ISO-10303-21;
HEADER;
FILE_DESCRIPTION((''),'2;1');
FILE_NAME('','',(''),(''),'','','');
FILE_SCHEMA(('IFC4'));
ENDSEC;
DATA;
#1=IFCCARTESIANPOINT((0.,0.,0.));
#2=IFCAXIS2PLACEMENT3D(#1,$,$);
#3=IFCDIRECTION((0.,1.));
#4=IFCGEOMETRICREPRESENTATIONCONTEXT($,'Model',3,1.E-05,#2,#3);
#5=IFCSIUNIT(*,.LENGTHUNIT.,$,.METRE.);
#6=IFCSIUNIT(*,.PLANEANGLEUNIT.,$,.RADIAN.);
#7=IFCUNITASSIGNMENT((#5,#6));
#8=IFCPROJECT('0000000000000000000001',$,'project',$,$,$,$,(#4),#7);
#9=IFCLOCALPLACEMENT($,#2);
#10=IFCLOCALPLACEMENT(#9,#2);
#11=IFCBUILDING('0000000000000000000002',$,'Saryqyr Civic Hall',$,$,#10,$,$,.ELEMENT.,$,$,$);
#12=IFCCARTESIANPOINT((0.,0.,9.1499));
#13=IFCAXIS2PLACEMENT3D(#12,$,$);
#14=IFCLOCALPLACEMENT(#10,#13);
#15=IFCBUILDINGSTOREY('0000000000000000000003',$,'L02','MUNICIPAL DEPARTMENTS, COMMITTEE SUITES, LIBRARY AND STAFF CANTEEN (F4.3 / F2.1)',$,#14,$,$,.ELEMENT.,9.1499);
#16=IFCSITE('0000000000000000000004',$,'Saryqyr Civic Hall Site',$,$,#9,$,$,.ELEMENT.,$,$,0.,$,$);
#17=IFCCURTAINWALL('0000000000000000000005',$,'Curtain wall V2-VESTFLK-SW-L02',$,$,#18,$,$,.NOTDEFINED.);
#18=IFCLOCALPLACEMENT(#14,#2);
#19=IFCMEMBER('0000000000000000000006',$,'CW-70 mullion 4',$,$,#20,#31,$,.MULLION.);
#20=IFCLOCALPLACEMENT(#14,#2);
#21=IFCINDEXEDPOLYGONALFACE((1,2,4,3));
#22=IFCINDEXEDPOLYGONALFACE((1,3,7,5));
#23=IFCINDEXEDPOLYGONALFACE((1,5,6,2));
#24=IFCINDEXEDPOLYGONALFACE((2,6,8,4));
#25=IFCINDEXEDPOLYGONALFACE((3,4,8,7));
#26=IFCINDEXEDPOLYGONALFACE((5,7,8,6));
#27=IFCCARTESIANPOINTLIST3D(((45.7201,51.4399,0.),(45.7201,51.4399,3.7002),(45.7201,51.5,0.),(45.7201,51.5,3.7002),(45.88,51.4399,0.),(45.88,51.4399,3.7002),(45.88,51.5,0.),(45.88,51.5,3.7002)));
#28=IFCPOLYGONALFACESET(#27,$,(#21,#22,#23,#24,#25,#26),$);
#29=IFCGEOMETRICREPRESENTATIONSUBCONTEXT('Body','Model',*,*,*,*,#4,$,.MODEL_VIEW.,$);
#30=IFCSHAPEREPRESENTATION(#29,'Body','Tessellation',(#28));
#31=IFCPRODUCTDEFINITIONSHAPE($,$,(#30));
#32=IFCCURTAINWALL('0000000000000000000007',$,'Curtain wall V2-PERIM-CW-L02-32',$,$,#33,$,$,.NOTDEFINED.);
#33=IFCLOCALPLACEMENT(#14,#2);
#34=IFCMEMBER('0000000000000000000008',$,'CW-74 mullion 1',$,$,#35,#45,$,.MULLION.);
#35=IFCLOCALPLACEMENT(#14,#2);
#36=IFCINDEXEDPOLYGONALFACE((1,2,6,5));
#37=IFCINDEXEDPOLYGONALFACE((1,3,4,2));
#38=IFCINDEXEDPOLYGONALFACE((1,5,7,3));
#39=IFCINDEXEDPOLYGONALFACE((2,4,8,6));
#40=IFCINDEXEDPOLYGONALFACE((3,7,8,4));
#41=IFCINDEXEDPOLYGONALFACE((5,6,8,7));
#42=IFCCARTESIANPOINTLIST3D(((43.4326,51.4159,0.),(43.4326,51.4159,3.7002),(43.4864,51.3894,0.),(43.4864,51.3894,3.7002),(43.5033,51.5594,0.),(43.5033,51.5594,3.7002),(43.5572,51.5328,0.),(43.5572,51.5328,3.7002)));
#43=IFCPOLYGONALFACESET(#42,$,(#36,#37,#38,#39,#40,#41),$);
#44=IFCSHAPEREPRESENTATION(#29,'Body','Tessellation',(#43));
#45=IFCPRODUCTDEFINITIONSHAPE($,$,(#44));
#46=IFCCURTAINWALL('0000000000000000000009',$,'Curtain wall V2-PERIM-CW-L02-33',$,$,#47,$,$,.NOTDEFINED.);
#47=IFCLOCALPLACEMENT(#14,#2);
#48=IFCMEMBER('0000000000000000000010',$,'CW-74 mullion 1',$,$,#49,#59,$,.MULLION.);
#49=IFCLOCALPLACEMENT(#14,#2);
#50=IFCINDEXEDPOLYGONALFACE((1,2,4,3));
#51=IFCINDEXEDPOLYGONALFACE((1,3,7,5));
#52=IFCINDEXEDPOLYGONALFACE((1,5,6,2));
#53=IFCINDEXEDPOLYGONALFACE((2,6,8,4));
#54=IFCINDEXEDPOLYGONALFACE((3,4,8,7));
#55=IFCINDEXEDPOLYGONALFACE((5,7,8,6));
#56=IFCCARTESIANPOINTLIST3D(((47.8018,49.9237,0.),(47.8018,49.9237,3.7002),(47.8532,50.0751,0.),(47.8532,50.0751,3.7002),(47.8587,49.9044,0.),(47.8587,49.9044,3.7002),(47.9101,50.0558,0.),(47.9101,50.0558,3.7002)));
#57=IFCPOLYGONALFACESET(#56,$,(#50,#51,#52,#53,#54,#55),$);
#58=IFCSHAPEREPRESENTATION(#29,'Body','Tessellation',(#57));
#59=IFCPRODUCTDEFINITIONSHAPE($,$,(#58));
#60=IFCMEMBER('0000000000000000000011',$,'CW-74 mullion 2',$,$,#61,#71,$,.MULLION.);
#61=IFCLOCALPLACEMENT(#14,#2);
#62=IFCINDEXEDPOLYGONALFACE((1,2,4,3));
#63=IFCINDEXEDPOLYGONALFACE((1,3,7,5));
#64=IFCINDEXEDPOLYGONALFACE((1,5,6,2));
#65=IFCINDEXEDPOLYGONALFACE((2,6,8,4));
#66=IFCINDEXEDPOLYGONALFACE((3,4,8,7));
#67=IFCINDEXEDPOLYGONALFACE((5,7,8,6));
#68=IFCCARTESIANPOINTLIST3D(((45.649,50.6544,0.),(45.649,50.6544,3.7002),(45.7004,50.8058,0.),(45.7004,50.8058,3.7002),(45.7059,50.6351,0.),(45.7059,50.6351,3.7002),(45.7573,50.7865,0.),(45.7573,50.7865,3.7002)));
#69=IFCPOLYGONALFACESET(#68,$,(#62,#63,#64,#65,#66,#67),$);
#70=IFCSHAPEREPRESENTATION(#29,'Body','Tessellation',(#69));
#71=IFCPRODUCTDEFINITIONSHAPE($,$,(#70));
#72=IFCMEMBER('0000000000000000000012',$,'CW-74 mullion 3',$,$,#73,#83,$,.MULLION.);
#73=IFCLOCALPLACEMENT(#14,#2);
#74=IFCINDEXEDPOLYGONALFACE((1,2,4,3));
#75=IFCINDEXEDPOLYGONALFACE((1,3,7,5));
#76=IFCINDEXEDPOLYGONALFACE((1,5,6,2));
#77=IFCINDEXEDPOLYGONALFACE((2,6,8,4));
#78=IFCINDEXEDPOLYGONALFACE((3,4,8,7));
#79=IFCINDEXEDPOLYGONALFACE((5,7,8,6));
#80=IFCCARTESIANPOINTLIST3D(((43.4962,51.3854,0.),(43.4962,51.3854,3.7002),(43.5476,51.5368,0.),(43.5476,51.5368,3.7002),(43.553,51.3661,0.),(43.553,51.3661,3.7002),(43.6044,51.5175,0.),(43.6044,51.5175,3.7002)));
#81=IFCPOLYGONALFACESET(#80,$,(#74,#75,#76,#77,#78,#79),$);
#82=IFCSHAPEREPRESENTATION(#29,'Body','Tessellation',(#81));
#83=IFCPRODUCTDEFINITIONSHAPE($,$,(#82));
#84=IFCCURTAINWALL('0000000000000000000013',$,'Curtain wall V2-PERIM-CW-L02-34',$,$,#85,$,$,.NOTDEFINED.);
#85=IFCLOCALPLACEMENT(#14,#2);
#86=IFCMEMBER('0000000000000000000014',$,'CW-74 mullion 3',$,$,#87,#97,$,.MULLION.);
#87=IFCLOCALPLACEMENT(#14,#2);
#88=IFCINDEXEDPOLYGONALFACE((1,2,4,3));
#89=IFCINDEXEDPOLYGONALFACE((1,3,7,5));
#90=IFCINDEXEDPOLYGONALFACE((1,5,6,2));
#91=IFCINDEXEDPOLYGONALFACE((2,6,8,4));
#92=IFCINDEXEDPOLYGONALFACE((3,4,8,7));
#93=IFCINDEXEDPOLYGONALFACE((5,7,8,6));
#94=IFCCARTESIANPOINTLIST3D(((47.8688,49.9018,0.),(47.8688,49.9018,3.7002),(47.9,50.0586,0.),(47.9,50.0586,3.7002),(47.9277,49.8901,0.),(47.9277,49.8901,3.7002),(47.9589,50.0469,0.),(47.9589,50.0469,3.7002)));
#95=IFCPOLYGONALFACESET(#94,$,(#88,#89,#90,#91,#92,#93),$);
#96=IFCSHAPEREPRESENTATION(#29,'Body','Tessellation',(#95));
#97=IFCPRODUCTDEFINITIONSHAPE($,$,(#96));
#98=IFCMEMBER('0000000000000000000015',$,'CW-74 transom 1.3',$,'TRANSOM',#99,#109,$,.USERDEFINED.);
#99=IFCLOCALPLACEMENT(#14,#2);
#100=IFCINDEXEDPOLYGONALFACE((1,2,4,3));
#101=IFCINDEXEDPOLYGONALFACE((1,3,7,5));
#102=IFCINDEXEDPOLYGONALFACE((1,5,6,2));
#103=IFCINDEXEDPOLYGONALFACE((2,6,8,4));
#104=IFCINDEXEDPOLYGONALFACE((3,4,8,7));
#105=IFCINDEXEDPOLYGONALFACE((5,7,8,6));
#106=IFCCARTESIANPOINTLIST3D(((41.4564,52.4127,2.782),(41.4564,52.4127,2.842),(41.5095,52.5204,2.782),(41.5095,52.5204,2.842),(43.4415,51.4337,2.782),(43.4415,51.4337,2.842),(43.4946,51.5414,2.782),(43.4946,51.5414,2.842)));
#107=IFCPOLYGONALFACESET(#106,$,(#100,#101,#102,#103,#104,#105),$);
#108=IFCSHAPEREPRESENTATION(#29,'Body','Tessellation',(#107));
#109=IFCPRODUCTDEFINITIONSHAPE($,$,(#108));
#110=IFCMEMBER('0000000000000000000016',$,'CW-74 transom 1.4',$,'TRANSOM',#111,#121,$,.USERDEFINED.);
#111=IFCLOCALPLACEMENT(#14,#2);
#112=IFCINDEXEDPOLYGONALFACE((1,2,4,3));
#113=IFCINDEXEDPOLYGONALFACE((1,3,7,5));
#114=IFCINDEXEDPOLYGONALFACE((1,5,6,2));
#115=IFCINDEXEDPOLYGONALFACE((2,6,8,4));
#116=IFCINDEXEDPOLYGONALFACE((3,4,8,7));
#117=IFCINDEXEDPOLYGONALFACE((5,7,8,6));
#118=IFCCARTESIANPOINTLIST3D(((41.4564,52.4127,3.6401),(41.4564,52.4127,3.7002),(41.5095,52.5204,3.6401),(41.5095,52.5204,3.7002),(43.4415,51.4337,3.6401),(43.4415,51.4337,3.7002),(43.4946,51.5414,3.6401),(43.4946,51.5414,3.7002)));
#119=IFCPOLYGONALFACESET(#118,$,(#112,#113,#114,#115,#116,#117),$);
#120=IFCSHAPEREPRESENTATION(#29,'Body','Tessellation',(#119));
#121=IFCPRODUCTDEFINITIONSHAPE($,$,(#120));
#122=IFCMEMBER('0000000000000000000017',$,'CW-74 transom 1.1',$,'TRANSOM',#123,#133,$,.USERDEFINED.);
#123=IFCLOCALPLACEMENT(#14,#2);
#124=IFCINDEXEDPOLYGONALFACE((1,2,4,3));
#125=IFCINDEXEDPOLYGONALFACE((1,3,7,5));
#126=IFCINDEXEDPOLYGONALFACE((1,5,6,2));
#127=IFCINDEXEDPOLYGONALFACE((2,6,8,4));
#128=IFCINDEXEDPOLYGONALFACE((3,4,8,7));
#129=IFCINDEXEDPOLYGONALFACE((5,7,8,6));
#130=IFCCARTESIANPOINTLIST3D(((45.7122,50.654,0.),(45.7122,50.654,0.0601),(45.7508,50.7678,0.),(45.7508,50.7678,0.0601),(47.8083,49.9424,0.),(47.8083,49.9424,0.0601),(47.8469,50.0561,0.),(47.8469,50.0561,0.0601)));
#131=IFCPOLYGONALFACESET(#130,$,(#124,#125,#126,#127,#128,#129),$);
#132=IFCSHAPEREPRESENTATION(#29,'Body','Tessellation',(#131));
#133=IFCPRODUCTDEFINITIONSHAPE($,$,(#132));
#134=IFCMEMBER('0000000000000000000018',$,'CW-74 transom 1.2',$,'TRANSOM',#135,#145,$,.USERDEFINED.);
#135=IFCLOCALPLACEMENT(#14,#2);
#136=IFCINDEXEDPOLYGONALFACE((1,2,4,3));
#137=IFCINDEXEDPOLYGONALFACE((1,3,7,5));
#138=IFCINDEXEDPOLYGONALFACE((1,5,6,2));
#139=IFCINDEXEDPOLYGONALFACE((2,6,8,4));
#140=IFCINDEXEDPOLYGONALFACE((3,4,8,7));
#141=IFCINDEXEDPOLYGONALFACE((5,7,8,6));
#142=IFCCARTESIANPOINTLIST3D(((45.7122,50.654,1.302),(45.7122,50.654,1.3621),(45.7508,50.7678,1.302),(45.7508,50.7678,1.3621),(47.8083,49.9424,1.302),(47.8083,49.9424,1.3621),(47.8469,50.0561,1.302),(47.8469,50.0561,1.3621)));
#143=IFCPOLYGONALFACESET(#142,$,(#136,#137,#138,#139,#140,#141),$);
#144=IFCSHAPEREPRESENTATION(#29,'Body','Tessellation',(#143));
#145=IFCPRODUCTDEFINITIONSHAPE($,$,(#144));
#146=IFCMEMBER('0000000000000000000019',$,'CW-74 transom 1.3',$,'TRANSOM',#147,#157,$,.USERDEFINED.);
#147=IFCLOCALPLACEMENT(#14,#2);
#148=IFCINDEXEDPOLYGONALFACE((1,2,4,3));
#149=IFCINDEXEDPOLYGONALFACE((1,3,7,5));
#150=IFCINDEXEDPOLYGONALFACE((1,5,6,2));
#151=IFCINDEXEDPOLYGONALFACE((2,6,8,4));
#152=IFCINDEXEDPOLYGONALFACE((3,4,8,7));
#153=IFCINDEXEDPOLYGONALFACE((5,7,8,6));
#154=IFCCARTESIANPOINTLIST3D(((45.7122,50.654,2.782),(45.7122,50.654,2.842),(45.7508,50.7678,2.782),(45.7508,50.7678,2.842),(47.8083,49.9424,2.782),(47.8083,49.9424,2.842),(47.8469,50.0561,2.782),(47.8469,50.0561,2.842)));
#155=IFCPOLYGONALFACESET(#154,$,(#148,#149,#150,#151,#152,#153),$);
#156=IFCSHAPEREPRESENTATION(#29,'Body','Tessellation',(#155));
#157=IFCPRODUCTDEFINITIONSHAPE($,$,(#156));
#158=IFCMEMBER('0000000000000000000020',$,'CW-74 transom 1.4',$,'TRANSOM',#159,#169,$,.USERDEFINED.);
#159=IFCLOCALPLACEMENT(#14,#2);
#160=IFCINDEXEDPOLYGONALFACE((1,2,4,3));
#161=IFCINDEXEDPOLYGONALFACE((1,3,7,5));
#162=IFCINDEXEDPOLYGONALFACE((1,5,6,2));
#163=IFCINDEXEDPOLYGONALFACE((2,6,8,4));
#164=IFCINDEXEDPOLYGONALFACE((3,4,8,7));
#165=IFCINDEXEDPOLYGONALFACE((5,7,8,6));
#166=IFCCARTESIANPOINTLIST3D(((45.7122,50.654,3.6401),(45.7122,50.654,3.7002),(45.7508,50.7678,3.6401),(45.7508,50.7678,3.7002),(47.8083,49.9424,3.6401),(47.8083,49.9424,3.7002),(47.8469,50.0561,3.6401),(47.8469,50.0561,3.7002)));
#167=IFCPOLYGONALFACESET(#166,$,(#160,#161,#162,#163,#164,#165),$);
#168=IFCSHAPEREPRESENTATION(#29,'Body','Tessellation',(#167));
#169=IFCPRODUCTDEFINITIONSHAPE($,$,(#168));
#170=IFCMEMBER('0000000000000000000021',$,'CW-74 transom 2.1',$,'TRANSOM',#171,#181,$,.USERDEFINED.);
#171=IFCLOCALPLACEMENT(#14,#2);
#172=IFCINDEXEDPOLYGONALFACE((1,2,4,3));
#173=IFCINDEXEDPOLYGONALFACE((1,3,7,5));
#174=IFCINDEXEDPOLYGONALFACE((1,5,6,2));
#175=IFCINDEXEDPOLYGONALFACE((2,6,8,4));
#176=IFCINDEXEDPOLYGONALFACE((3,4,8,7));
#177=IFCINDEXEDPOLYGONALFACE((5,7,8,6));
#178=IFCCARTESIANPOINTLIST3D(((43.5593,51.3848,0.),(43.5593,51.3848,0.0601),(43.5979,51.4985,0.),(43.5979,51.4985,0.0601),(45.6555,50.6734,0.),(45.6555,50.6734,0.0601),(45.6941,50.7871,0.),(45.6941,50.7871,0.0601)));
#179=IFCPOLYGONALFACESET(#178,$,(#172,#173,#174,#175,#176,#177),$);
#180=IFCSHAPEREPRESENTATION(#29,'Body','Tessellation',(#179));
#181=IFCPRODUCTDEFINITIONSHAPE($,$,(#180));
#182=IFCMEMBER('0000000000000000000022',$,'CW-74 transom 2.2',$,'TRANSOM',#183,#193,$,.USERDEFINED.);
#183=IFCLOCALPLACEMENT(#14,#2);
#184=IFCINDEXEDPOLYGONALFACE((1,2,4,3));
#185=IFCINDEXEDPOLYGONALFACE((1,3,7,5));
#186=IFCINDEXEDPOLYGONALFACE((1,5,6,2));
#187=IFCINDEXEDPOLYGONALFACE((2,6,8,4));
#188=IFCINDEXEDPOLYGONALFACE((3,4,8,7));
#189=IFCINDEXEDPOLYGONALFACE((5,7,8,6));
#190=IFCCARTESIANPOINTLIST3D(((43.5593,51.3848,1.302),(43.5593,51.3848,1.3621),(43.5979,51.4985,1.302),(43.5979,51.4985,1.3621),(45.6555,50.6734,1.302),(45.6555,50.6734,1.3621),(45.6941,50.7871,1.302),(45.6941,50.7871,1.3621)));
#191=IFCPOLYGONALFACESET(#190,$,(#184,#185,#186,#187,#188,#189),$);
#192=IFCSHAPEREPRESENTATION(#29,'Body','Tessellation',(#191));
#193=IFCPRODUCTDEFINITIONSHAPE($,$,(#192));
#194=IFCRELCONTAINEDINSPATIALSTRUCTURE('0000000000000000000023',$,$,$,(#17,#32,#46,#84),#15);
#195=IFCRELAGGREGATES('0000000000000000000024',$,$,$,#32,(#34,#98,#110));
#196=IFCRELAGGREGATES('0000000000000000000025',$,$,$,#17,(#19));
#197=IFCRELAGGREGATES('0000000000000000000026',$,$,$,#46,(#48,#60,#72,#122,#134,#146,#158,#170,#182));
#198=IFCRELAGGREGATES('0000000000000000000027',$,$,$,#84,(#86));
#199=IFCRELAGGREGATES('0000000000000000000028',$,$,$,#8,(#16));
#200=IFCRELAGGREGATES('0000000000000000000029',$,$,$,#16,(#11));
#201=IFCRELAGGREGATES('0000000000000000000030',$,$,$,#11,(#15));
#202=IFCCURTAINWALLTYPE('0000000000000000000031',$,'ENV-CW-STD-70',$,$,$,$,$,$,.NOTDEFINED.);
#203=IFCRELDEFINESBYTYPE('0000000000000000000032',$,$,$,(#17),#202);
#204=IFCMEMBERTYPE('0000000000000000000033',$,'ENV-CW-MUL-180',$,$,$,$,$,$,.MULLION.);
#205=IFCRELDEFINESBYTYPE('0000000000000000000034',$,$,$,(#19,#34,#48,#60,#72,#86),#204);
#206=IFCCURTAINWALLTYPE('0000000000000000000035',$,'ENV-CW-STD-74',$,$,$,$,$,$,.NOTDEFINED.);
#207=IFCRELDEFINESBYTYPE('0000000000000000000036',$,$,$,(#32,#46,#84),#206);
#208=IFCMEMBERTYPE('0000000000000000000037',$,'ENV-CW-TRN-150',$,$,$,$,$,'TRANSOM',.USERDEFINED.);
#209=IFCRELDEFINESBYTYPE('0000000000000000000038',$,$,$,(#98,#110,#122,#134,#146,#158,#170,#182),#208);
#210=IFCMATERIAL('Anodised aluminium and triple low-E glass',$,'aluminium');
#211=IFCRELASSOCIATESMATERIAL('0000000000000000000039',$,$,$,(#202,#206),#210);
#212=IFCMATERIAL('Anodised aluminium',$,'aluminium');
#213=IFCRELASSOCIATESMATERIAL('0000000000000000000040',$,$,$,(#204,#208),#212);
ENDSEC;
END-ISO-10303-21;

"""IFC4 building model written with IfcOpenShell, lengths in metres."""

from ifc_helpers import new_model, si_unit, direction, frame, origin, origin_2d, place, context, subcontext, project, spatial, rectangle, extrude, material, material_profile, profile_set, type_object, element, aggregate, save


model = new_model("IFC4")

# Units and contexts
model_context = context("Model", 3, precision=1e-05, world=origin(), true_north=direction((0.0, 1.0)))
body_context = subcontext(model_context, "Body", "Model", "MODEL_VIEW")
ifc_project = project(units=[si_unit("LENGTHUNIT", "METRE"), si_unit("PLANEANGLEUNIT", "RADIAN")], contexts=[model_context])

# Site, building, storey
site_placement = place(None, origin())
site = spatial("IfcSite", under=ifc_project, at=site_placement, Name="Saryqyr Civic Hall Site", CompositionType="ELEMENT", RefElevation=0.0)
building_placement = place(site_placement, origin())
building = spatial("IfcBuilding", under=site, at=building_placement, Name="Saryqyr Civic Hall", CompositionType="ELEMENT")
storey_placement = place(building_placement, frame((0.0, 0.0, 9.1499)))
storey = spatial("IfcBuildingStorey", under=building, at=storey_placement, Name="L02", Description="MUNICIPAL DEPARTMENTS, COMMITTEE SUITES, LIBRARY AND STAFF CANTEEN (F4.3 / F2.1)", CompositionType="ELEMENT", Elevation=9.1499)

# Curtain walls, members
ifc_material_1 = material(Name="Anodised aluminium and triple low-E glass", Category="aluminium")
curtain_wall_type_1 = type_object("IfcCurtainWallType", Name="ENV-CW-STD-70", PredefinedType="NOTDEFINED", material=ifc_material_1)
curtain_wall_1_placement = place(storey_placement, origin())
curtain_wall_1 = element("IfcCurtainWall", 1, at=curtain_wall_1_placement, inside=storey, type_object=curtain_wall_type_1, Name="Curtain wall V2-VESTFLK-SW-L02", PredefinedType="NOTDEFINED")
ifc_material_2 = material(Name="Anodised aluminium", Category="aluminium")
ifc_material_profile_1 = material_profile(ifc_material_2, rectangle(XDim=0.0601, YDim=0.1599, at=origin_2d()), Name="ALU MULLION 60x160")
ifc_profile_set_1 = profile_set([ifc_material_profile_1], Name="Anodised aluminium")
member_type_1 = type_object("IfcMemberType", Name="ENV-CW-MUL-180", PredefinedType="MULLION", material=ifc_profile_set_1)
member_1_placement = place(storey_placement, frame((45.8, 51.47, 0.0), z_axis=(0.0, 0.0, 1.0), x_axis=(0.0, 1.0, 0.0)))
member_1 = element("IfcMember", 2, at=member_1_placement, type_object=member_type_1, Name="CW-70 mullion 4", PredefinedType="MULLION", context=body_context, shape_type="SweptSolid", body=[
    extrude(rectangle(XDim=0.0601, YDim=0.1599, at=origin_2d()), origin(), (0.0, 0.0, 1.0), 3.7002),
])
curtain_wall_type_2 = type_object("IfcCurtainWallType", Name="ENV-CW-STD-74", PredefinedType="NOTDEFINED", material=ifc_material_1)
curtain_wall_2_placement = place(storey_placement, origin())
curtain_wall_2 = element("IfcCurtainWall", 3, at=curtain_wall_2_placement, inside=storey, type_object=curtain_wall_type_2, Name="Curtain wall V2-PERIM-CW-L02-32", PredefinedType="NOTDEFINED")
member_2_placement = place(storey_placement, frame((43.4949, 51.4744, 0.0), z_axis=(0.0, 0.0, 1.0), x_axis=(-0.896875, 0.442284, 0.0)))
member_2 = element("IfcMember", 4, at=member_2_placement, type_object=member_type_1, Name="CW-74 mullion 1", PredefinedType="MULLION", context=body_context, shape_type="SweptSolid", body=[
    extrude(rectangle(XDim=0.0601, YDim=0.1599, at=origin_2d()), origin(), (0.0, 0.0, 1.0), 3.7002),
])

# Curtain wall, members
curtain_wall_3_placement = place(storey_placement, origin())
curtain_wall_3 = element("IfcCurtainWall", 5, at=curtain_wall_3_placement, inside=storey, type_object=curtain_wall_type_2, Name="Curtain wall V2-PERIM-CW-L02-33", PredefinedType="NOTDEFINED")
member_3_placement = place(storey_placement, frame((47.856, 49.9897, 0.0), z_axis=(0.0, 0.0, 1.0), x_axis=(-0.946928, 0.321445, 0.0)))
member_3 = element("IfcMember", 6, at=member_3_placement, type_object=member_type_1, Name="CW-74 mullion 1", PredefinedType="MULLION", context=body_context, shape_type="SweptSolid", body=[
    extrude(rectangle(XDim=0.0601, YDim=0.1599, at=origin_2d()), origin(), (0.0, 0.0, 1.0), 3.7002),
])
member_4_placement = place(storey_placement, frame((45.7031, 50.7205, 0.0), z_axis=(0.0, 0.0, 1.0), x_axis=(-0.946928, 0.321445, 0.0)))
member_4 = element("IfcMember", 7, at=member_4_placement, type_object=member_type_1, Name="CW-74 mullion 2", PredefinedType="MULLION", context=body_context, shape_type="SweptSolid", body=[
    extrude(rectangle(XDim=0.0601, YDim=0.1599, at=origin_2d()), origin(), (0.0, 0.0, 1.0), 3.7002),
])
member_5_placement = place(storey_placement, frame((43.5503, 51.4514, 0.0), z_axis=(0.0, 0.0, 1.0), x_axis=(-0.946928, 0.321445, 0.0)))
member_5 = element("IfcMember", 8, at=member_5_placement, type_object=member_type_1, Name="CW-74 mullion 3", PredefinedType="MULLION", context=body_context, shape_type="SweptSolid", body=[
    extrude(rectangle(XDim=0.0601, YDim=0.1599, at=origin_2d()), origin(), (0.0, 0.0, 1.0), 3.7002),
])

# Curtain wall, member
curtain_wall_4_placement = place(storey_placement, origin())
curtain_wall_4 = element("IfcCurtainWall", 9, at=curtain_wall_4_placement, inside=storey, type_object=curtain_wall_type_2, Name="Curtain wall V2-PERIM-CW-L02-34", PredefinedType="NOTDEFINED")
member_6_placement = place(storey_placement, frame((47.9138, 49.9744, 0.0), z_axis=(0.0, 0.0, 1.0), x_axis=(-0.980785, 0.195093, 0.0)))
member_6 = element("IfcMember", 10, at=member_6_placement, type_object=member_type_1, Name="CW-74 mullion 3", PredefinedType="MULLION", context=body_context, shape_type="SweptSolid", body=[
    extrude(rectangle(XDim=0.0601, YDim=0.1599, at=origin_2d()), origin(), (0.0, 0.0, 1.0), 3.7002),
])

# Members
ifc_material_profile_2 = material_profile(ifc_material_2, rectangle(XDim=0.1201, YDim=0.0601, at=origin_2d()), Name="ALU TRANSOM 120x60")
ifc_profile_set_2 = profile_set([ifc_material_profile_2], Name="Anodised aluminium")
member_type_2 = type_object("IfcMemberType", Name="ENV-CW-TRN-150", ElementType="TRANSOM", PredefinedType="USERDEFINED", material=ifc_profile_set_2)
member_7_placement = place(storey_placement, frame((43.468, 51.4875, 2.812), z_axis=(-0.896862, 0.442309, 0.0), x_axis=(-0.442309, -0.896862, 0.0)))
member_7 = element("IfcMember", 11, at=member_7_placement, type_object=member_type_2, Name="CW-74 transom 1.3", ObjectType="TRANSOM", PredefinedType="USERDEFINED", context=body_context, shape_type="SweptSolid", body=[
    extrude(rectangle(XDim=0.1201, YDim=0.0601, at=origin_2d()), origin(), (0.0, 0.0, 1.0), 2.2134),
])
member_8_placement = place(storey_placement, frame((43.468, 51.4875, 3.6702), z_axis=(-0.896862, 0.442309, 0.0), x_axis=(-0.442309, -0.896862, 0.0)))
member_8 = element("IfcMember", 12, at=member_8_placement, type_object=member_type_2, Name="CW-74 transom 1.4", ObjectType="TRANSOM", PredefinedType="USERDEFINED", context=body_context, shape_type="SweptSolid", body=[
    extrude(rectangle(XDim=0.1201, YDim=0.0601, at=origin_2d()), origin(), (0.0, 0.0, 1.0), 2.2134),
])
aggregate(curtain_wall_2, [member_2, member_7, member_8])
member_9_placement = place(storey_placement, frame((47.8276, 49.9993, 0.03), z_axis=(-0.946915, 0.321484, 0.0), x_axis=(-0.321484, -0.946915, 0.0)))
member_9 = element("IfcMember", 13, at=member_9_placement, type_object=member_type_2, Name="CW-74 transom 1.1", ObjectType="TRANSOM", PredefinedType="USERDEFINED", context=body_context, shape_type="SweptSolid", body=[
    extrude(rectangle(XDim=0.1201, YDim=0.0601, at=origin_2d()), origin(), (0.0, 0.0, 1.0), 2.2136),
])
member_10_placement = place(storey_placement, frame((47.8276, 49.9993, 1.332), z_axis=(-0.946915, 0.321484, 0.0), x_axis=(-0.321484, -0.946915, 0.0)))
member_10 = element("IfcMember", 14, at=member_10_placement, type_object=member_type_2, Name="CW-74 transom 1.2", ObjectType="TRANSOM", PredefinedType="USERDEFINED", context=body_context, shape_type="SweptSolid", body=[
    extrude(rectangle(XDim=0.1201, YDim=0.0601, at=origin_2d()), origin(), (0.0, 0.0, 1.0), 2.2136),
])
member_11_placement = place(storey_placement, frame((47.8276, 49.9993, 2.812), z_axis=(-0.946915, 0.321484, 0.0), x_axis=(-0.321484, -0.946915, 0.0)))
member_11 = element("IfcMember", 15, at=member_11_placement, type_object=member_type_2, Name="CW-74 transom 1.3", ObjectType="TRANSOM", PredefinedType="USERDEFINED", context=body_context, shape_type="SweptSolid", body=[
    extrude(rectangle(XDim=0.1201, YDim=0.0601, at=origin_2d()), origin(), (0.0, 0.0, 1.0), 2.2136),
])
member_12_placement = place(storey_placement, frame((47.8276, 49.9993, 3.6702), z_axis=(-0.946915, 0.321484, 0.0), x_axis=(-0.321484, -0.946915, 0.0)))
member_12 = element("IfcMember", 16, at=member_12_placement, type_object=member_type_2, Name="CW-74 transom 1.4", ObjectType="TRANSOM", PredefinedType="USERDEFINED", context=body_context, shape_type="SweptSolid", body=[
    extrude(rectangle(XDim=0.1201, YDim=0.0601, at=origin_2d()), origin(), (0.0, 0.0, 1.0), 2.2136),
])
member_13_placement = place(storey_placement, frame((45.6748, 50.7302, 0.03), z_axis=(-0.946949, 0.321385, 0.0), x_axis=(-0.321385, -0.946949, 0.0)))
member_13 = element("IfcMember", 17, at=member_13_placement, type_object=member_type_2, Name="CW-74 transom 2.1", ObjectType="TRANSOM", PredefinedType="USERDEFINED", context=body_context, shape_type="SweptSolid", body=[
    extrude(rectangle(XDim=0.1201, YDim=0.0601, at=origin_2d()), origin(), (0.0, 0.0, 1.0), 2.2136),
])
member_14_placement = place(storey_placement, frame((45.6748, 50.7302, 1.332), z_axis=(-0.946949, 0.321385, 0.0), x_axis=(-0.321385, -0.946949, 0.0)))
member_14 = element("IfcMember", 18, at=member_14_placement, type_object=member_type_2, Name="CW-74 transom 2.2", ObjectType="TRANSOM", PredefinedType="USERDEFINED", context=body_context, shape_type="SweptSolid", body=[
    extrude(rectangle(XDim=0.1201, YDim=0.0601, at=origin_2d()), origin(), (0.0, 0.0, 1.0), 2.2136),
])

aggregate(curtain_wall_1, [member_1])
aggregate(curtain_wall_3, [member_3, member_4, member_5, member_9, member_10, member_11, member_12, member_13, member_14])
aggregate(curtain_wall_4, [member_6])

save(model, "model.ifc")
